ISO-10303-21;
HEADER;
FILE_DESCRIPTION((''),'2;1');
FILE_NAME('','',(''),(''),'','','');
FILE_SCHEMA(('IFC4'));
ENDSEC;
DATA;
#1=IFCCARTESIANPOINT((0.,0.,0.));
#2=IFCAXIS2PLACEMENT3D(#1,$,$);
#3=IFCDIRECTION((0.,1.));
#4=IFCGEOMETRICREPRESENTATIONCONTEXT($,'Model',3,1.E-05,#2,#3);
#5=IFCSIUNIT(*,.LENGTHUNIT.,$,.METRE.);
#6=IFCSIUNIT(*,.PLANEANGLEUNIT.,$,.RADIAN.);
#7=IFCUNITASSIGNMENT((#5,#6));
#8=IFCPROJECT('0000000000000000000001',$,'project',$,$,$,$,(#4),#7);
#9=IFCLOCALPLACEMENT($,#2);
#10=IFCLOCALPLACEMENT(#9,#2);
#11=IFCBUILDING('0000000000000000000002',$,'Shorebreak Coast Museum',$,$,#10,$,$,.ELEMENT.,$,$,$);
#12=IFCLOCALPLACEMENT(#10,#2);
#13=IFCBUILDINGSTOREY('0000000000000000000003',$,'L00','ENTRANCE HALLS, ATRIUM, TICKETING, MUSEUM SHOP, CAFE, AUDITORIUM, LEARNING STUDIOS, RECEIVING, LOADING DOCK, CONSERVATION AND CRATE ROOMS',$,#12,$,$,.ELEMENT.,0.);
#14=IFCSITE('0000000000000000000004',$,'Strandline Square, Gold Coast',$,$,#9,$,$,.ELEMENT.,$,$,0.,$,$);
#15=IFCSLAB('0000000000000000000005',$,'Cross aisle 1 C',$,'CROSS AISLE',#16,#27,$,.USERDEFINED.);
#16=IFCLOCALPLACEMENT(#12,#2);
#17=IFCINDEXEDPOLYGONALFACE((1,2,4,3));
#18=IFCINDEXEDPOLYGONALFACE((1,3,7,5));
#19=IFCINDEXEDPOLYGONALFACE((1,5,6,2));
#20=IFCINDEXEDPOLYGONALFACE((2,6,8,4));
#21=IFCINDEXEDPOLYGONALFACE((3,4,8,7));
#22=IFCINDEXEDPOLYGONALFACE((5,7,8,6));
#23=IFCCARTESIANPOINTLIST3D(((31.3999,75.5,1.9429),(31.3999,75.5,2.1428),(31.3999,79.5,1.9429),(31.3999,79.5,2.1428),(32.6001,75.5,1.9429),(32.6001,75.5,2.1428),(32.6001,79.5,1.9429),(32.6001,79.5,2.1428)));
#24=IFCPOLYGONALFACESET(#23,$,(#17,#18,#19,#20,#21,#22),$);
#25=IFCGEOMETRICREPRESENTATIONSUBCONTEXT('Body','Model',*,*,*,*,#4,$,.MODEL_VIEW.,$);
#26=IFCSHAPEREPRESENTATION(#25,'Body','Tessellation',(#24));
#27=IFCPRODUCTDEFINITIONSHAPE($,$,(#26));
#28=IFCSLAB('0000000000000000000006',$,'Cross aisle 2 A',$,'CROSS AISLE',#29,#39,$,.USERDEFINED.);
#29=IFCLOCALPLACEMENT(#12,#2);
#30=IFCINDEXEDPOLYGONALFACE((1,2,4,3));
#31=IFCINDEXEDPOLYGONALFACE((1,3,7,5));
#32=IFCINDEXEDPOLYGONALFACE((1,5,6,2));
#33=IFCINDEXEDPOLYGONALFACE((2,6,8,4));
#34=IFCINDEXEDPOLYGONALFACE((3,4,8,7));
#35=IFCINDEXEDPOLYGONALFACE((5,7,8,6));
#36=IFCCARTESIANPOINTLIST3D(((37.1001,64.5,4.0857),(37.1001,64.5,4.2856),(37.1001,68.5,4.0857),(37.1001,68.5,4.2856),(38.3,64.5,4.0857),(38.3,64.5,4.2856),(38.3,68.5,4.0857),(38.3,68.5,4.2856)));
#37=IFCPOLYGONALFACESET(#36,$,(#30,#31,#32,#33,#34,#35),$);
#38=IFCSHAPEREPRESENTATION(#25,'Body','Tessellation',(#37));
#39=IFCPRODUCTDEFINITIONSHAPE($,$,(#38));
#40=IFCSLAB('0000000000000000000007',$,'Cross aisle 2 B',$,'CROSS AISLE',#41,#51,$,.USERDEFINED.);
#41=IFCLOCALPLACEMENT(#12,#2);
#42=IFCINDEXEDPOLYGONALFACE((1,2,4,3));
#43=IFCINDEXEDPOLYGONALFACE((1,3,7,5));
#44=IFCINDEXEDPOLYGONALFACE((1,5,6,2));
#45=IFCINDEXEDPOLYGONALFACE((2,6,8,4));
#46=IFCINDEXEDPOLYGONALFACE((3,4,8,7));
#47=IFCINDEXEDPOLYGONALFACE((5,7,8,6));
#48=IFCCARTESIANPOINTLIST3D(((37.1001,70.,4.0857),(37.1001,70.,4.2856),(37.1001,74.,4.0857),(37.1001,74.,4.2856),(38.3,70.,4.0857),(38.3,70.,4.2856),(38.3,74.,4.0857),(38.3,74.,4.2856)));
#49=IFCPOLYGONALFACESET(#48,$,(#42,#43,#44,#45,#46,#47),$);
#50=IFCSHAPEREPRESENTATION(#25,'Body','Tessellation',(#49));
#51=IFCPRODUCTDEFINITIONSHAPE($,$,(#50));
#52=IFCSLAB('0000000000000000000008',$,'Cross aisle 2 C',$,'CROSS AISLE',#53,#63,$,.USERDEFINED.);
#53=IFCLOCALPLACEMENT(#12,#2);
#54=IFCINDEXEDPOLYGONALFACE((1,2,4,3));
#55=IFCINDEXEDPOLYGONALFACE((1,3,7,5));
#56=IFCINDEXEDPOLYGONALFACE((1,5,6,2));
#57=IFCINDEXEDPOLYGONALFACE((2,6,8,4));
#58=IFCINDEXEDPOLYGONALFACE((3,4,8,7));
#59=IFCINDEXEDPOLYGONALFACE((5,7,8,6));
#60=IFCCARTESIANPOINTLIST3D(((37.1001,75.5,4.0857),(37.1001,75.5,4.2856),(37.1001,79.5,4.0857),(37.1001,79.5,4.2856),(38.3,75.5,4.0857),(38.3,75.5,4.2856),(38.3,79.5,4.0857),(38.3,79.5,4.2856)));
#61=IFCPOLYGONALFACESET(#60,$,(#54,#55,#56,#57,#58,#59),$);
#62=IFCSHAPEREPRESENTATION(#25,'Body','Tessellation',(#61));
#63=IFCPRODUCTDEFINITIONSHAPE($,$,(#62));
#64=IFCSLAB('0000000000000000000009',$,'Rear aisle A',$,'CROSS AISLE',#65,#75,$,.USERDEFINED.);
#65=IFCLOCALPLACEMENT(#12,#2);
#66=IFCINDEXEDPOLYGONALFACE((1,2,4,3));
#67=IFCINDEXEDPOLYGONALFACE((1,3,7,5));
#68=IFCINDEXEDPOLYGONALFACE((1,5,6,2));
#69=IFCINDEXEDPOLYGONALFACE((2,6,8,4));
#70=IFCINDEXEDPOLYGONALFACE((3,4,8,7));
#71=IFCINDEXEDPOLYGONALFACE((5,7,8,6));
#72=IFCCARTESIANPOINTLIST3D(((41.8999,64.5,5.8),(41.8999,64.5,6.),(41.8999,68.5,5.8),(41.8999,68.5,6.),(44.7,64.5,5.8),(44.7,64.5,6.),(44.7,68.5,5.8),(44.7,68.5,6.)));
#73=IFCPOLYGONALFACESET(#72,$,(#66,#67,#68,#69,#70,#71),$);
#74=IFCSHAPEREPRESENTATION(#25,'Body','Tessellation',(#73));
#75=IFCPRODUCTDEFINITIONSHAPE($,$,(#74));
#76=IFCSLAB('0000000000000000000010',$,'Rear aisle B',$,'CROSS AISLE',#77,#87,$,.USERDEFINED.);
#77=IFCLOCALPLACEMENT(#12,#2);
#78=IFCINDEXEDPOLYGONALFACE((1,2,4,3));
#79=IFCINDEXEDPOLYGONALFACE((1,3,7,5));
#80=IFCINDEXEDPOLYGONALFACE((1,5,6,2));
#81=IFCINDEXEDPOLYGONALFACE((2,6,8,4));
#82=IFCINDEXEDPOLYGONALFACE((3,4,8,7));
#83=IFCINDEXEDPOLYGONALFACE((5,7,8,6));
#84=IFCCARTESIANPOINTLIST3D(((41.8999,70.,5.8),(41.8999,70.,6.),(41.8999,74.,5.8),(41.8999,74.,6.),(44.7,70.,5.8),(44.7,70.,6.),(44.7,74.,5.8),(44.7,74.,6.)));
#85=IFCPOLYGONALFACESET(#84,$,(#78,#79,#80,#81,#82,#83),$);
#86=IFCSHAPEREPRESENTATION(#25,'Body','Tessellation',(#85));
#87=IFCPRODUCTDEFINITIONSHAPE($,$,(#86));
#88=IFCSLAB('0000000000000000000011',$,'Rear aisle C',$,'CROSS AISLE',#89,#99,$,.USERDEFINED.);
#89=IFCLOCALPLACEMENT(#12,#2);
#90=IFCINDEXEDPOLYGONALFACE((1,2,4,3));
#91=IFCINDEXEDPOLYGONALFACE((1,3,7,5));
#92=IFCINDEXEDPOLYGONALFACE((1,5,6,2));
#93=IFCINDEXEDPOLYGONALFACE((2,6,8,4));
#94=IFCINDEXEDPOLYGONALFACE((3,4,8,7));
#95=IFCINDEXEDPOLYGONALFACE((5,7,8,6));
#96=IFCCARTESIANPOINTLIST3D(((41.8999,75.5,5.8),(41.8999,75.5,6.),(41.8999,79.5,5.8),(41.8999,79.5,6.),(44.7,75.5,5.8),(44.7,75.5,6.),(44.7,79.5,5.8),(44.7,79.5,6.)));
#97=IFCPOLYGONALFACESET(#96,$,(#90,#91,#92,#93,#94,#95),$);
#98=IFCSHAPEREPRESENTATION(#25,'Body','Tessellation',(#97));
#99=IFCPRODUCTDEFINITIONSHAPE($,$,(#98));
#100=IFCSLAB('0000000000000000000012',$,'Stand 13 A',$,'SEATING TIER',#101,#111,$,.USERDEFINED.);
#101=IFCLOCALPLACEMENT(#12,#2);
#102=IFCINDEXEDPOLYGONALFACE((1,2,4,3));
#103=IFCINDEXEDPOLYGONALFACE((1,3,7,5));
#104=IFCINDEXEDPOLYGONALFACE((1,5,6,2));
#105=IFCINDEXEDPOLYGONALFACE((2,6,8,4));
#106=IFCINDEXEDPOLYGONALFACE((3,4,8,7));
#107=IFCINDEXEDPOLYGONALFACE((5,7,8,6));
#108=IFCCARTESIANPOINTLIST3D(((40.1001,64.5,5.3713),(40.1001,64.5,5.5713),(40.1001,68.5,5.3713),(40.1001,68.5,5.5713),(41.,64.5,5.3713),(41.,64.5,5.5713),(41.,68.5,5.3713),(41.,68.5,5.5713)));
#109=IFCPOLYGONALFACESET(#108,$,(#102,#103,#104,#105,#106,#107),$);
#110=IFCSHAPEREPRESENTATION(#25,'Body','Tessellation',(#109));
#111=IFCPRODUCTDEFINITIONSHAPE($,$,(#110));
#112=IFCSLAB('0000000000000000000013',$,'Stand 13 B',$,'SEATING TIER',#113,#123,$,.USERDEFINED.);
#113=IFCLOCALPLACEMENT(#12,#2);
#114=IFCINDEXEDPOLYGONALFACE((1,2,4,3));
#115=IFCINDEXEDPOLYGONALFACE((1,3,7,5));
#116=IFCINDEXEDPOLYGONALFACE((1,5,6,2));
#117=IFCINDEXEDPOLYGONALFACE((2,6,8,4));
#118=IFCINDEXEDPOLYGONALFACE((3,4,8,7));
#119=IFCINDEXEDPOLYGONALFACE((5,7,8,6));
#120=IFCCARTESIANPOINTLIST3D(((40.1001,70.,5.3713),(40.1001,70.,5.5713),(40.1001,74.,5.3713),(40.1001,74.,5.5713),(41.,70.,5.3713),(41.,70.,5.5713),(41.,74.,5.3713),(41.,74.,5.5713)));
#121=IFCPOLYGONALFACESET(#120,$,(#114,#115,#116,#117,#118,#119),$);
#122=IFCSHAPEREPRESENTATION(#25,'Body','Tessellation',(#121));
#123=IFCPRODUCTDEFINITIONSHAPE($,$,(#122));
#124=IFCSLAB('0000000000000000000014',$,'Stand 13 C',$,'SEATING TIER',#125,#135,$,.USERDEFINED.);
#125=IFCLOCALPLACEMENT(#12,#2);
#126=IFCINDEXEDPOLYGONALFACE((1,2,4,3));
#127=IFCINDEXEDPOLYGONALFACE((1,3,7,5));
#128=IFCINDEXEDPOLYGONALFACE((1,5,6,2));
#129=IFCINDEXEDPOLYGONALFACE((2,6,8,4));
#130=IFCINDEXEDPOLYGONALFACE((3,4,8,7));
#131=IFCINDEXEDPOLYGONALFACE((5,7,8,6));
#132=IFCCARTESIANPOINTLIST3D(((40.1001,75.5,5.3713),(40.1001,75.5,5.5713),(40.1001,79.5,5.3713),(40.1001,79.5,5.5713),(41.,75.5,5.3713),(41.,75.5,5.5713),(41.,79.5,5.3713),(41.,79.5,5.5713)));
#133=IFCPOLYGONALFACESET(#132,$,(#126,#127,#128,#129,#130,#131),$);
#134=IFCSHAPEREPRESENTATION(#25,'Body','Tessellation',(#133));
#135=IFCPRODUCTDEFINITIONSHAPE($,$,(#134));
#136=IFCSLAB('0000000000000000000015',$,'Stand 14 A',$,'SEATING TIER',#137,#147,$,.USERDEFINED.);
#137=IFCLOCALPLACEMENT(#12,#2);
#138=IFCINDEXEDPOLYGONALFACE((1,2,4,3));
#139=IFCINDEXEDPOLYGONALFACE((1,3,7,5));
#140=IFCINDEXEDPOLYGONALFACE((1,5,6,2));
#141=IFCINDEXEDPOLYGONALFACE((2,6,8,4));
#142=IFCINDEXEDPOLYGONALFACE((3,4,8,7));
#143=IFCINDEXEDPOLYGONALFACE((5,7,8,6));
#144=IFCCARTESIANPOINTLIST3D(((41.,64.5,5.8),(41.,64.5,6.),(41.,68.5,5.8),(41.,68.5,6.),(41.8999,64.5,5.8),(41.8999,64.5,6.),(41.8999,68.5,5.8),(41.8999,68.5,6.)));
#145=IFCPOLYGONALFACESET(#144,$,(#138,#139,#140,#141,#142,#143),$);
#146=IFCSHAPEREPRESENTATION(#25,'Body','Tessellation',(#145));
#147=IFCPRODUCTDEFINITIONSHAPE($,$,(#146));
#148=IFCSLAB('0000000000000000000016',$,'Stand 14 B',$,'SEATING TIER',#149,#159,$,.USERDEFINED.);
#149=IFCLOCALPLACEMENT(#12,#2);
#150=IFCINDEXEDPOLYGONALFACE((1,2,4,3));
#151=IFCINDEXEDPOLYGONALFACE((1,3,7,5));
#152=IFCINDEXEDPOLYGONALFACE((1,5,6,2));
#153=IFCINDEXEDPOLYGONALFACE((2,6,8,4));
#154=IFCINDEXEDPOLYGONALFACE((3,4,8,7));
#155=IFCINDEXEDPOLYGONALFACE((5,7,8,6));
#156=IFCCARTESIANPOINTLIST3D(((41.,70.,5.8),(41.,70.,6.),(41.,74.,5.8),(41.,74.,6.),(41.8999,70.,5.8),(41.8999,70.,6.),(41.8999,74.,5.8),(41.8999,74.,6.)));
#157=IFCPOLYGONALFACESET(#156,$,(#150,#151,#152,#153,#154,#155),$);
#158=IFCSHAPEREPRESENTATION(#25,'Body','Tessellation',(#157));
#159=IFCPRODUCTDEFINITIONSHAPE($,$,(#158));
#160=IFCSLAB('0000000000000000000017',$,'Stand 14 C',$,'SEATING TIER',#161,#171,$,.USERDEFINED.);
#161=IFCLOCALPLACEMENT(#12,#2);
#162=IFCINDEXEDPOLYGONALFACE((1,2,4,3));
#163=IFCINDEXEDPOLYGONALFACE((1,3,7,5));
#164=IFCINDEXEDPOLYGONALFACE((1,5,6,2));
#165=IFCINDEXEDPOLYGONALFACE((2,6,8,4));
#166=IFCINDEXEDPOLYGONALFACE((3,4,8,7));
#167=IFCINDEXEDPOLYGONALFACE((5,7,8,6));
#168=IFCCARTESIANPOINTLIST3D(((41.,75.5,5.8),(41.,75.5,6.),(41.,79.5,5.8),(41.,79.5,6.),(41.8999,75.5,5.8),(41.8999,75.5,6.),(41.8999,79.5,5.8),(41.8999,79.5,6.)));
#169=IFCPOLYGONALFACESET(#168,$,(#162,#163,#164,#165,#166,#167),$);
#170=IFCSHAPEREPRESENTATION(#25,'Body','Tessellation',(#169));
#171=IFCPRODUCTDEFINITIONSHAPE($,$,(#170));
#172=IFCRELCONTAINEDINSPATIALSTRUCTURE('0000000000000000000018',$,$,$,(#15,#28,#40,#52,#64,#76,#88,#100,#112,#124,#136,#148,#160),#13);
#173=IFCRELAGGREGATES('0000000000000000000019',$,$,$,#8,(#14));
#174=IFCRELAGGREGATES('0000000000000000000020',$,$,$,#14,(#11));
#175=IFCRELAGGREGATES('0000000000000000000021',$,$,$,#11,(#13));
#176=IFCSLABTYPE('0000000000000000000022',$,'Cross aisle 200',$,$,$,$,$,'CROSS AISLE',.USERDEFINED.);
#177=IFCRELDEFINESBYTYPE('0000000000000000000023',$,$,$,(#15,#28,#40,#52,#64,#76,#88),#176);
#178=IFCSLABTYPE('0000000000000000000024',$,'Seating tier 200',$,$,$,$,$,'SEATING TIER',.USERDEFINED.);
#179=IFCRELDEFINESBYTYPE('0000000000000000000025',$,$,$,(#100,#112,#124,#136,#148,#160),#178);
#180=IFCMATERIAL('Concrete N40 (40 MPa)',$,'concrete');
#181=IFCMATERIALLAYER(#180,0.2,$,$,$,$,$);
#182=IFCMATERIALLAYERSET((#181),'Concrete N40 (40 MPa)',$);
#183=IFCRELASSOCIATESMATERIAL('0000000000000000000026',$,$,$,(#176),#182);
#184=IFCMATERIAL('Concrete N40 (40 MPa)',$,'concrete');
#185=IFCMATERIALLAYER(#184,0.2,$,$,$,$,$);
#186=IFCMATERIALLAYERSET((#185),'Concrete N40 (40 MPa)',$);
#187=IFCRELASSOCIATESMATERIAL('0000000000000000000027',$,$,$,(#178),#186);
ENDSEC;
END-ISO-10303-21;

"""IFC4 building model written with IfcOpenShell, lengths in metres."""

from ifc_helpers import new_model, si_unit, direction, frame, origin, place, context, subcontext, project, spatial, polyline, outline, extrude, material, layer, layer_set, type_object, element, save


model = new_model("IFC4")

# Units and contexts
model_context = context("Model", 3, precision=1e-05, world=origin(), true_north=direction((0.0, 1.0)))
body_context = subcontext(model_context, "Body", "Model", "MODEL_VIEW")
ifc_project = project(units=[si_unit("LENGTHUNIT", "METRE"), si_unit("PLANEANGLEUNIT", "RADIAN")], contexts=[model_context])

# Site, building, storey
site_placement = place(None, origin())
site = spatial("IfcSite", under=ifc_project, at=site_placement, Name="Strandline Square, Gold Coast", CompositionType="ELEMENT", RefElevation=0.0)
building_placement = place(site_placement, origin())
building = spatial("IfcBuilding", under=site, at=building_placement, Name="Shorebreak Coast Museum", CompositionType="ELEMENT")
storey_placement = place(building_placement, origin())
storey = spatial("IfcBuildingStorey", under=building, at=storey_placement, Name="L00", Description="ENTRANCE HALLS, ATRIUM, TICKETING, MUSEUM SHOP, CAFE, AUDITORIUM, LEARNING STUDIOS, RECEIVING, LOADING DOCK, CONSERVATION AND CRATE ROOMS", CompositionType="ELEMENT", Elevation=0.0)

# Slabs
ifc_material_1 = material(Name="Concrete N40 (40 MPa)", Category="concrete")
ifc_layer_1 = layer(ifc_material_1, 0.2)
ifc_layer_set_1 = layer_set([ifc_layer_1], Name="Concrete N40 (40 MPa)")
slab_type_1 = type_object("IfcSlabType", Name="Cross aisle 200", ElementType="CROSS AISLE", PredefinedType="USERDEFINED", material=ifc_layer_set_1)
slab_1_placement = place(storey_placement, frame((0.0, 0.0, 1.9429)))
element("IfcSlab", 1, at=slab_1_placement, inside=storey, type_object=slab_type_1, Name="Cross aisle 1 C", ObjectType="CROSS AISLE", PredefinedType="USERDEFINED", context=body_context, shape_type="SweptSolid", body=[
    extrude(outline(polyline([(31.3999, 75.5), (32.6001, 75.5), (32.6001, 79.5), (31.3999, 79.5), (31.3999, 75.5)])), origin(), (0.0, 0.0, 1.0), 0.2),
])
slab_2_placement = place(storey_placement, frame((0.0, 0.0, 4.0857)))
element("IfcSlab", 2, at=slab_2_placement, inside=storey, type_object=slab_type_1, Name="Cross aisle 2 A", ObjectType="CROSS AISLE", PredefinedType="USERDEFINED", context=body_context, shape_type="SweptSolid", body=[
    extrude(outline(polyline([(37.1001, 64.5), (38.3, 64.5), (38.3, 68.5), (37.1001, 68.5), (37.1001, 64.5)])), origin(), (0.0, 0.0, 1.0), 0.2),
])
slab_3_placement = place(storey_placement, frame((0.0, 0.0, 4.0857)))
element("IfcSlab", 3, at=slab_3_placement, inside=storey, type_object=slab_type_1, Name="Cross aisle 2 B", ObjectType="CROSS AISLE", PredefinedType="USERDEFINED", context=body_context, shape_type="SweptSolid", body=[
    extrude(outline(polyline([(37.1001, 70.0), (38.3, 70.0), (38.3, 74.0), (37.1001, 74.0), (37.1001, 70.0)])), origin(), (0.0, 0.0, 1.0), 0.2),
])
slab_4_placement = place(storey_placement, frame((0.0, 0.0, 4.0857)))
element("IfcSlab", 4, at=slab_4_placement, inside=storey, type_object=slab_type_1, Name="Cross aisle 2 C", ObjectType="CROSS AISLE", PredefinedType="USERDEFINED", context=body_context, shape_type="SweptSolid", body=[
    extrude(outline(polyline([(37.1001, 75.5), (38.3, 75.5), (38.3, 79.5), (37.1001, 79.5), (37.1001, 75.5)])), origin(), (0.0, 0.0, 1.0), 0.2),
])
slab_5_placement = place(storey_placement, frame((0.0, 0.0, 5.8)))
element("IfcSlab", 5, at=slab_5_placement, inside=storey, type_object=slab_type_1, Name="Rear aisle A", ObjectType="CROSS AISLE", PredefinedType="USERDEFINED", context=body_context, shape_type="SweptSolid", body=[
    extrude(outline(polyline([(41.8999, 64.5), (44.7, 64.5), (44.7, 68.5), (41.8999, 68.5), (41.8999, 64.5)])), origin(), (0.0, 0.0, 1.0), 0.2),
])
slab_6_placement = place(storey_placement, frame((0.0, 0.0, 5.8)))
element("IfcSlab", 6, at=slab_6_placement, inside=storey, type_object=slab_type_1, Name="Rear aisle B", ObjectType="CROSS AISLE", PredefinedType="USERDEFINED", context=body_context, shape_type="SweptSolid", body=[
    extrude(outline(polyline([(41.8999, 70.0), (44.7, 70.0), (44.7, 74.0), (41.8999, 74.0), (41.8999, 70.0)])), origin(), (0.0, 0.0, 1.0), 0.2),
])
slab_7_placement = place(storey_placement, frame((0.0, 0.0, 5.8)))
element("IfcSlab", 7, at=slab_7_placement, inside=storey, type_object=slab_type_1, Name="Rear aisle C", ObjectType="CROSS AISLE", PredefinedType="USERDEFINED", context=body_context, shape_type="SweptSolid", body=[
    extrude(outline(polyline([(41.8999, 75.5), (44.7, 75.5), (44.7, 79.5), (41.8999, 79.5), (41.8999, 75.5)])), origin(), (0.0, 0.0, 1.0), 0.2),
])
ifc_material_2 = material(Name="Concrete N40 (40 MPa)", Category="concrete")
ifc_layer_2 = layer(ifc_material_2, 0.2)
ifc_layer_set_2 = layer_set([ifc_layer_2], Name="Concrete N40 (40 MPa)")
slab_type_2 = type_object("IfcSlabType", Name="Seating tier 200", ElementType="SEATING TIER", PredefinedType="USERDEFINED", material=ifc_layer_set_2)
slab_8_placement = place(storey_placement, frame((0.0, 0.0, 5.3713)))
element("IfcSlab", 8, at=slab_8_placement, inside=storey, type_object=slab_type_2, Name="Stand 13 A", ObjectType="SEATING TIER", PredefinedType="USERDEFINED", context=body_context, shape_type="SweptSolid", body=[
    extrude(outline(polyline([(40.1001, 64.5), (41.0, 64.5), (41.0, 68.5), (40.1001, 68.5), (40.1001, 64.5)])), origin(), (0.0, 0.0, 1.0), 0.2),
])
slab_9_placement = place(storey_placement, frame((0.0, 0.0, 5.3713)))
element("IfcSlab", 9, at=slab_9_placement, inside=storey, type_object=slab_type_2, Name="Stand 13 B", ObjectType="SEATING TIER", PredefinedType="USERDEFINED", context=body_context, shape_type="SweptSolid", body=[
    extrude(outline(polyline([(40.1001, 70.0), (41.0, 70.0), (41.0, 74.0), (40.1001, 74.0), (40.1001, 70.0)])), origin(), (0.0, 0.0, 1.0), 0.2),
])
slab_10_placement = place(storey_placement, frame((0.0, 0.0, 5.3713)))
element("IfcSlab", 10, at=slab_10_placement, inside=storey, type_object=slab_type_2, Name="Stand 13 C", ObjectType="SEATING TIER", PredefinedType="USERDEFINED", context=body_context, shape_type="SweptSolid", body=[
    extrude(outline(polyline([(40.1001, 75.5), (41.0, 75.5), (41.0, 79.5), (40.1001, 79.5), (40.1001, 75.5)])), origin(), (0.0, 0.0, 1.0), 0.2),
])
slab_11_placement = place(storey_placement, frame((0.0, 0.0, 5.8)))
element("IfcSlab", 11, at=slab_11_placement, inside=storey, type_object=slab_type_2, Name="Stand 14 A", ObjectType="SEATING TIER", PredefinedType="USERDEFINED", context=body_context, shape_type="SweptSolid", body=[
    extrude(outline(polyline([(41.0, 64.5), (41.8999, 64.5), (41.8999, 68.5), (41.0, 68.5), (41.0, 64.5)])), origin(), (0.0, 0.0, 1.0), 0.2),
])
slab_12_placement = place(storey_placement, frame((0.0, 0.0, 5.8)))
element("IfcSlab", 12, at=slab_12_placement, inside=storey, type_object=slab_type_2, Name="Stand 14 B", ObjectType="SEATING TIER", PredefinedType="USERDEFINED", context=body_context, shape_type="SweptSolid", body=[
    extrude(outline(polyline([(41.0, 70.0), (41.8999, 70.0), (41.8999, 74.0), (41.0, 74.0), (41.0, 70.0)])), origin(), (0.0, 0.0, 1.0), 0.2),
])
slab_13_placement = place(storey_placement, frame((0.0, 0.0, 5.8)))
element("IfcSlab", 13, at=slab_13_placement, inside=storey, type_object=slab_type_2, Name="Stand 14 C", ObjectType="SEATING TIER", PredefinedType="USERDEFINED", context=body_context, shape_type="SweptSolid", body=[
    extrude(outline(polyline([(41.0, 75.5), (41.8999, 75.5), (41.8999, 79.5), (41.0, 79.5), (41.0, 75.5)])), origin(), (0.0, 0.0, 1.0), 0.2),
])

save(model, "model.ifc")
